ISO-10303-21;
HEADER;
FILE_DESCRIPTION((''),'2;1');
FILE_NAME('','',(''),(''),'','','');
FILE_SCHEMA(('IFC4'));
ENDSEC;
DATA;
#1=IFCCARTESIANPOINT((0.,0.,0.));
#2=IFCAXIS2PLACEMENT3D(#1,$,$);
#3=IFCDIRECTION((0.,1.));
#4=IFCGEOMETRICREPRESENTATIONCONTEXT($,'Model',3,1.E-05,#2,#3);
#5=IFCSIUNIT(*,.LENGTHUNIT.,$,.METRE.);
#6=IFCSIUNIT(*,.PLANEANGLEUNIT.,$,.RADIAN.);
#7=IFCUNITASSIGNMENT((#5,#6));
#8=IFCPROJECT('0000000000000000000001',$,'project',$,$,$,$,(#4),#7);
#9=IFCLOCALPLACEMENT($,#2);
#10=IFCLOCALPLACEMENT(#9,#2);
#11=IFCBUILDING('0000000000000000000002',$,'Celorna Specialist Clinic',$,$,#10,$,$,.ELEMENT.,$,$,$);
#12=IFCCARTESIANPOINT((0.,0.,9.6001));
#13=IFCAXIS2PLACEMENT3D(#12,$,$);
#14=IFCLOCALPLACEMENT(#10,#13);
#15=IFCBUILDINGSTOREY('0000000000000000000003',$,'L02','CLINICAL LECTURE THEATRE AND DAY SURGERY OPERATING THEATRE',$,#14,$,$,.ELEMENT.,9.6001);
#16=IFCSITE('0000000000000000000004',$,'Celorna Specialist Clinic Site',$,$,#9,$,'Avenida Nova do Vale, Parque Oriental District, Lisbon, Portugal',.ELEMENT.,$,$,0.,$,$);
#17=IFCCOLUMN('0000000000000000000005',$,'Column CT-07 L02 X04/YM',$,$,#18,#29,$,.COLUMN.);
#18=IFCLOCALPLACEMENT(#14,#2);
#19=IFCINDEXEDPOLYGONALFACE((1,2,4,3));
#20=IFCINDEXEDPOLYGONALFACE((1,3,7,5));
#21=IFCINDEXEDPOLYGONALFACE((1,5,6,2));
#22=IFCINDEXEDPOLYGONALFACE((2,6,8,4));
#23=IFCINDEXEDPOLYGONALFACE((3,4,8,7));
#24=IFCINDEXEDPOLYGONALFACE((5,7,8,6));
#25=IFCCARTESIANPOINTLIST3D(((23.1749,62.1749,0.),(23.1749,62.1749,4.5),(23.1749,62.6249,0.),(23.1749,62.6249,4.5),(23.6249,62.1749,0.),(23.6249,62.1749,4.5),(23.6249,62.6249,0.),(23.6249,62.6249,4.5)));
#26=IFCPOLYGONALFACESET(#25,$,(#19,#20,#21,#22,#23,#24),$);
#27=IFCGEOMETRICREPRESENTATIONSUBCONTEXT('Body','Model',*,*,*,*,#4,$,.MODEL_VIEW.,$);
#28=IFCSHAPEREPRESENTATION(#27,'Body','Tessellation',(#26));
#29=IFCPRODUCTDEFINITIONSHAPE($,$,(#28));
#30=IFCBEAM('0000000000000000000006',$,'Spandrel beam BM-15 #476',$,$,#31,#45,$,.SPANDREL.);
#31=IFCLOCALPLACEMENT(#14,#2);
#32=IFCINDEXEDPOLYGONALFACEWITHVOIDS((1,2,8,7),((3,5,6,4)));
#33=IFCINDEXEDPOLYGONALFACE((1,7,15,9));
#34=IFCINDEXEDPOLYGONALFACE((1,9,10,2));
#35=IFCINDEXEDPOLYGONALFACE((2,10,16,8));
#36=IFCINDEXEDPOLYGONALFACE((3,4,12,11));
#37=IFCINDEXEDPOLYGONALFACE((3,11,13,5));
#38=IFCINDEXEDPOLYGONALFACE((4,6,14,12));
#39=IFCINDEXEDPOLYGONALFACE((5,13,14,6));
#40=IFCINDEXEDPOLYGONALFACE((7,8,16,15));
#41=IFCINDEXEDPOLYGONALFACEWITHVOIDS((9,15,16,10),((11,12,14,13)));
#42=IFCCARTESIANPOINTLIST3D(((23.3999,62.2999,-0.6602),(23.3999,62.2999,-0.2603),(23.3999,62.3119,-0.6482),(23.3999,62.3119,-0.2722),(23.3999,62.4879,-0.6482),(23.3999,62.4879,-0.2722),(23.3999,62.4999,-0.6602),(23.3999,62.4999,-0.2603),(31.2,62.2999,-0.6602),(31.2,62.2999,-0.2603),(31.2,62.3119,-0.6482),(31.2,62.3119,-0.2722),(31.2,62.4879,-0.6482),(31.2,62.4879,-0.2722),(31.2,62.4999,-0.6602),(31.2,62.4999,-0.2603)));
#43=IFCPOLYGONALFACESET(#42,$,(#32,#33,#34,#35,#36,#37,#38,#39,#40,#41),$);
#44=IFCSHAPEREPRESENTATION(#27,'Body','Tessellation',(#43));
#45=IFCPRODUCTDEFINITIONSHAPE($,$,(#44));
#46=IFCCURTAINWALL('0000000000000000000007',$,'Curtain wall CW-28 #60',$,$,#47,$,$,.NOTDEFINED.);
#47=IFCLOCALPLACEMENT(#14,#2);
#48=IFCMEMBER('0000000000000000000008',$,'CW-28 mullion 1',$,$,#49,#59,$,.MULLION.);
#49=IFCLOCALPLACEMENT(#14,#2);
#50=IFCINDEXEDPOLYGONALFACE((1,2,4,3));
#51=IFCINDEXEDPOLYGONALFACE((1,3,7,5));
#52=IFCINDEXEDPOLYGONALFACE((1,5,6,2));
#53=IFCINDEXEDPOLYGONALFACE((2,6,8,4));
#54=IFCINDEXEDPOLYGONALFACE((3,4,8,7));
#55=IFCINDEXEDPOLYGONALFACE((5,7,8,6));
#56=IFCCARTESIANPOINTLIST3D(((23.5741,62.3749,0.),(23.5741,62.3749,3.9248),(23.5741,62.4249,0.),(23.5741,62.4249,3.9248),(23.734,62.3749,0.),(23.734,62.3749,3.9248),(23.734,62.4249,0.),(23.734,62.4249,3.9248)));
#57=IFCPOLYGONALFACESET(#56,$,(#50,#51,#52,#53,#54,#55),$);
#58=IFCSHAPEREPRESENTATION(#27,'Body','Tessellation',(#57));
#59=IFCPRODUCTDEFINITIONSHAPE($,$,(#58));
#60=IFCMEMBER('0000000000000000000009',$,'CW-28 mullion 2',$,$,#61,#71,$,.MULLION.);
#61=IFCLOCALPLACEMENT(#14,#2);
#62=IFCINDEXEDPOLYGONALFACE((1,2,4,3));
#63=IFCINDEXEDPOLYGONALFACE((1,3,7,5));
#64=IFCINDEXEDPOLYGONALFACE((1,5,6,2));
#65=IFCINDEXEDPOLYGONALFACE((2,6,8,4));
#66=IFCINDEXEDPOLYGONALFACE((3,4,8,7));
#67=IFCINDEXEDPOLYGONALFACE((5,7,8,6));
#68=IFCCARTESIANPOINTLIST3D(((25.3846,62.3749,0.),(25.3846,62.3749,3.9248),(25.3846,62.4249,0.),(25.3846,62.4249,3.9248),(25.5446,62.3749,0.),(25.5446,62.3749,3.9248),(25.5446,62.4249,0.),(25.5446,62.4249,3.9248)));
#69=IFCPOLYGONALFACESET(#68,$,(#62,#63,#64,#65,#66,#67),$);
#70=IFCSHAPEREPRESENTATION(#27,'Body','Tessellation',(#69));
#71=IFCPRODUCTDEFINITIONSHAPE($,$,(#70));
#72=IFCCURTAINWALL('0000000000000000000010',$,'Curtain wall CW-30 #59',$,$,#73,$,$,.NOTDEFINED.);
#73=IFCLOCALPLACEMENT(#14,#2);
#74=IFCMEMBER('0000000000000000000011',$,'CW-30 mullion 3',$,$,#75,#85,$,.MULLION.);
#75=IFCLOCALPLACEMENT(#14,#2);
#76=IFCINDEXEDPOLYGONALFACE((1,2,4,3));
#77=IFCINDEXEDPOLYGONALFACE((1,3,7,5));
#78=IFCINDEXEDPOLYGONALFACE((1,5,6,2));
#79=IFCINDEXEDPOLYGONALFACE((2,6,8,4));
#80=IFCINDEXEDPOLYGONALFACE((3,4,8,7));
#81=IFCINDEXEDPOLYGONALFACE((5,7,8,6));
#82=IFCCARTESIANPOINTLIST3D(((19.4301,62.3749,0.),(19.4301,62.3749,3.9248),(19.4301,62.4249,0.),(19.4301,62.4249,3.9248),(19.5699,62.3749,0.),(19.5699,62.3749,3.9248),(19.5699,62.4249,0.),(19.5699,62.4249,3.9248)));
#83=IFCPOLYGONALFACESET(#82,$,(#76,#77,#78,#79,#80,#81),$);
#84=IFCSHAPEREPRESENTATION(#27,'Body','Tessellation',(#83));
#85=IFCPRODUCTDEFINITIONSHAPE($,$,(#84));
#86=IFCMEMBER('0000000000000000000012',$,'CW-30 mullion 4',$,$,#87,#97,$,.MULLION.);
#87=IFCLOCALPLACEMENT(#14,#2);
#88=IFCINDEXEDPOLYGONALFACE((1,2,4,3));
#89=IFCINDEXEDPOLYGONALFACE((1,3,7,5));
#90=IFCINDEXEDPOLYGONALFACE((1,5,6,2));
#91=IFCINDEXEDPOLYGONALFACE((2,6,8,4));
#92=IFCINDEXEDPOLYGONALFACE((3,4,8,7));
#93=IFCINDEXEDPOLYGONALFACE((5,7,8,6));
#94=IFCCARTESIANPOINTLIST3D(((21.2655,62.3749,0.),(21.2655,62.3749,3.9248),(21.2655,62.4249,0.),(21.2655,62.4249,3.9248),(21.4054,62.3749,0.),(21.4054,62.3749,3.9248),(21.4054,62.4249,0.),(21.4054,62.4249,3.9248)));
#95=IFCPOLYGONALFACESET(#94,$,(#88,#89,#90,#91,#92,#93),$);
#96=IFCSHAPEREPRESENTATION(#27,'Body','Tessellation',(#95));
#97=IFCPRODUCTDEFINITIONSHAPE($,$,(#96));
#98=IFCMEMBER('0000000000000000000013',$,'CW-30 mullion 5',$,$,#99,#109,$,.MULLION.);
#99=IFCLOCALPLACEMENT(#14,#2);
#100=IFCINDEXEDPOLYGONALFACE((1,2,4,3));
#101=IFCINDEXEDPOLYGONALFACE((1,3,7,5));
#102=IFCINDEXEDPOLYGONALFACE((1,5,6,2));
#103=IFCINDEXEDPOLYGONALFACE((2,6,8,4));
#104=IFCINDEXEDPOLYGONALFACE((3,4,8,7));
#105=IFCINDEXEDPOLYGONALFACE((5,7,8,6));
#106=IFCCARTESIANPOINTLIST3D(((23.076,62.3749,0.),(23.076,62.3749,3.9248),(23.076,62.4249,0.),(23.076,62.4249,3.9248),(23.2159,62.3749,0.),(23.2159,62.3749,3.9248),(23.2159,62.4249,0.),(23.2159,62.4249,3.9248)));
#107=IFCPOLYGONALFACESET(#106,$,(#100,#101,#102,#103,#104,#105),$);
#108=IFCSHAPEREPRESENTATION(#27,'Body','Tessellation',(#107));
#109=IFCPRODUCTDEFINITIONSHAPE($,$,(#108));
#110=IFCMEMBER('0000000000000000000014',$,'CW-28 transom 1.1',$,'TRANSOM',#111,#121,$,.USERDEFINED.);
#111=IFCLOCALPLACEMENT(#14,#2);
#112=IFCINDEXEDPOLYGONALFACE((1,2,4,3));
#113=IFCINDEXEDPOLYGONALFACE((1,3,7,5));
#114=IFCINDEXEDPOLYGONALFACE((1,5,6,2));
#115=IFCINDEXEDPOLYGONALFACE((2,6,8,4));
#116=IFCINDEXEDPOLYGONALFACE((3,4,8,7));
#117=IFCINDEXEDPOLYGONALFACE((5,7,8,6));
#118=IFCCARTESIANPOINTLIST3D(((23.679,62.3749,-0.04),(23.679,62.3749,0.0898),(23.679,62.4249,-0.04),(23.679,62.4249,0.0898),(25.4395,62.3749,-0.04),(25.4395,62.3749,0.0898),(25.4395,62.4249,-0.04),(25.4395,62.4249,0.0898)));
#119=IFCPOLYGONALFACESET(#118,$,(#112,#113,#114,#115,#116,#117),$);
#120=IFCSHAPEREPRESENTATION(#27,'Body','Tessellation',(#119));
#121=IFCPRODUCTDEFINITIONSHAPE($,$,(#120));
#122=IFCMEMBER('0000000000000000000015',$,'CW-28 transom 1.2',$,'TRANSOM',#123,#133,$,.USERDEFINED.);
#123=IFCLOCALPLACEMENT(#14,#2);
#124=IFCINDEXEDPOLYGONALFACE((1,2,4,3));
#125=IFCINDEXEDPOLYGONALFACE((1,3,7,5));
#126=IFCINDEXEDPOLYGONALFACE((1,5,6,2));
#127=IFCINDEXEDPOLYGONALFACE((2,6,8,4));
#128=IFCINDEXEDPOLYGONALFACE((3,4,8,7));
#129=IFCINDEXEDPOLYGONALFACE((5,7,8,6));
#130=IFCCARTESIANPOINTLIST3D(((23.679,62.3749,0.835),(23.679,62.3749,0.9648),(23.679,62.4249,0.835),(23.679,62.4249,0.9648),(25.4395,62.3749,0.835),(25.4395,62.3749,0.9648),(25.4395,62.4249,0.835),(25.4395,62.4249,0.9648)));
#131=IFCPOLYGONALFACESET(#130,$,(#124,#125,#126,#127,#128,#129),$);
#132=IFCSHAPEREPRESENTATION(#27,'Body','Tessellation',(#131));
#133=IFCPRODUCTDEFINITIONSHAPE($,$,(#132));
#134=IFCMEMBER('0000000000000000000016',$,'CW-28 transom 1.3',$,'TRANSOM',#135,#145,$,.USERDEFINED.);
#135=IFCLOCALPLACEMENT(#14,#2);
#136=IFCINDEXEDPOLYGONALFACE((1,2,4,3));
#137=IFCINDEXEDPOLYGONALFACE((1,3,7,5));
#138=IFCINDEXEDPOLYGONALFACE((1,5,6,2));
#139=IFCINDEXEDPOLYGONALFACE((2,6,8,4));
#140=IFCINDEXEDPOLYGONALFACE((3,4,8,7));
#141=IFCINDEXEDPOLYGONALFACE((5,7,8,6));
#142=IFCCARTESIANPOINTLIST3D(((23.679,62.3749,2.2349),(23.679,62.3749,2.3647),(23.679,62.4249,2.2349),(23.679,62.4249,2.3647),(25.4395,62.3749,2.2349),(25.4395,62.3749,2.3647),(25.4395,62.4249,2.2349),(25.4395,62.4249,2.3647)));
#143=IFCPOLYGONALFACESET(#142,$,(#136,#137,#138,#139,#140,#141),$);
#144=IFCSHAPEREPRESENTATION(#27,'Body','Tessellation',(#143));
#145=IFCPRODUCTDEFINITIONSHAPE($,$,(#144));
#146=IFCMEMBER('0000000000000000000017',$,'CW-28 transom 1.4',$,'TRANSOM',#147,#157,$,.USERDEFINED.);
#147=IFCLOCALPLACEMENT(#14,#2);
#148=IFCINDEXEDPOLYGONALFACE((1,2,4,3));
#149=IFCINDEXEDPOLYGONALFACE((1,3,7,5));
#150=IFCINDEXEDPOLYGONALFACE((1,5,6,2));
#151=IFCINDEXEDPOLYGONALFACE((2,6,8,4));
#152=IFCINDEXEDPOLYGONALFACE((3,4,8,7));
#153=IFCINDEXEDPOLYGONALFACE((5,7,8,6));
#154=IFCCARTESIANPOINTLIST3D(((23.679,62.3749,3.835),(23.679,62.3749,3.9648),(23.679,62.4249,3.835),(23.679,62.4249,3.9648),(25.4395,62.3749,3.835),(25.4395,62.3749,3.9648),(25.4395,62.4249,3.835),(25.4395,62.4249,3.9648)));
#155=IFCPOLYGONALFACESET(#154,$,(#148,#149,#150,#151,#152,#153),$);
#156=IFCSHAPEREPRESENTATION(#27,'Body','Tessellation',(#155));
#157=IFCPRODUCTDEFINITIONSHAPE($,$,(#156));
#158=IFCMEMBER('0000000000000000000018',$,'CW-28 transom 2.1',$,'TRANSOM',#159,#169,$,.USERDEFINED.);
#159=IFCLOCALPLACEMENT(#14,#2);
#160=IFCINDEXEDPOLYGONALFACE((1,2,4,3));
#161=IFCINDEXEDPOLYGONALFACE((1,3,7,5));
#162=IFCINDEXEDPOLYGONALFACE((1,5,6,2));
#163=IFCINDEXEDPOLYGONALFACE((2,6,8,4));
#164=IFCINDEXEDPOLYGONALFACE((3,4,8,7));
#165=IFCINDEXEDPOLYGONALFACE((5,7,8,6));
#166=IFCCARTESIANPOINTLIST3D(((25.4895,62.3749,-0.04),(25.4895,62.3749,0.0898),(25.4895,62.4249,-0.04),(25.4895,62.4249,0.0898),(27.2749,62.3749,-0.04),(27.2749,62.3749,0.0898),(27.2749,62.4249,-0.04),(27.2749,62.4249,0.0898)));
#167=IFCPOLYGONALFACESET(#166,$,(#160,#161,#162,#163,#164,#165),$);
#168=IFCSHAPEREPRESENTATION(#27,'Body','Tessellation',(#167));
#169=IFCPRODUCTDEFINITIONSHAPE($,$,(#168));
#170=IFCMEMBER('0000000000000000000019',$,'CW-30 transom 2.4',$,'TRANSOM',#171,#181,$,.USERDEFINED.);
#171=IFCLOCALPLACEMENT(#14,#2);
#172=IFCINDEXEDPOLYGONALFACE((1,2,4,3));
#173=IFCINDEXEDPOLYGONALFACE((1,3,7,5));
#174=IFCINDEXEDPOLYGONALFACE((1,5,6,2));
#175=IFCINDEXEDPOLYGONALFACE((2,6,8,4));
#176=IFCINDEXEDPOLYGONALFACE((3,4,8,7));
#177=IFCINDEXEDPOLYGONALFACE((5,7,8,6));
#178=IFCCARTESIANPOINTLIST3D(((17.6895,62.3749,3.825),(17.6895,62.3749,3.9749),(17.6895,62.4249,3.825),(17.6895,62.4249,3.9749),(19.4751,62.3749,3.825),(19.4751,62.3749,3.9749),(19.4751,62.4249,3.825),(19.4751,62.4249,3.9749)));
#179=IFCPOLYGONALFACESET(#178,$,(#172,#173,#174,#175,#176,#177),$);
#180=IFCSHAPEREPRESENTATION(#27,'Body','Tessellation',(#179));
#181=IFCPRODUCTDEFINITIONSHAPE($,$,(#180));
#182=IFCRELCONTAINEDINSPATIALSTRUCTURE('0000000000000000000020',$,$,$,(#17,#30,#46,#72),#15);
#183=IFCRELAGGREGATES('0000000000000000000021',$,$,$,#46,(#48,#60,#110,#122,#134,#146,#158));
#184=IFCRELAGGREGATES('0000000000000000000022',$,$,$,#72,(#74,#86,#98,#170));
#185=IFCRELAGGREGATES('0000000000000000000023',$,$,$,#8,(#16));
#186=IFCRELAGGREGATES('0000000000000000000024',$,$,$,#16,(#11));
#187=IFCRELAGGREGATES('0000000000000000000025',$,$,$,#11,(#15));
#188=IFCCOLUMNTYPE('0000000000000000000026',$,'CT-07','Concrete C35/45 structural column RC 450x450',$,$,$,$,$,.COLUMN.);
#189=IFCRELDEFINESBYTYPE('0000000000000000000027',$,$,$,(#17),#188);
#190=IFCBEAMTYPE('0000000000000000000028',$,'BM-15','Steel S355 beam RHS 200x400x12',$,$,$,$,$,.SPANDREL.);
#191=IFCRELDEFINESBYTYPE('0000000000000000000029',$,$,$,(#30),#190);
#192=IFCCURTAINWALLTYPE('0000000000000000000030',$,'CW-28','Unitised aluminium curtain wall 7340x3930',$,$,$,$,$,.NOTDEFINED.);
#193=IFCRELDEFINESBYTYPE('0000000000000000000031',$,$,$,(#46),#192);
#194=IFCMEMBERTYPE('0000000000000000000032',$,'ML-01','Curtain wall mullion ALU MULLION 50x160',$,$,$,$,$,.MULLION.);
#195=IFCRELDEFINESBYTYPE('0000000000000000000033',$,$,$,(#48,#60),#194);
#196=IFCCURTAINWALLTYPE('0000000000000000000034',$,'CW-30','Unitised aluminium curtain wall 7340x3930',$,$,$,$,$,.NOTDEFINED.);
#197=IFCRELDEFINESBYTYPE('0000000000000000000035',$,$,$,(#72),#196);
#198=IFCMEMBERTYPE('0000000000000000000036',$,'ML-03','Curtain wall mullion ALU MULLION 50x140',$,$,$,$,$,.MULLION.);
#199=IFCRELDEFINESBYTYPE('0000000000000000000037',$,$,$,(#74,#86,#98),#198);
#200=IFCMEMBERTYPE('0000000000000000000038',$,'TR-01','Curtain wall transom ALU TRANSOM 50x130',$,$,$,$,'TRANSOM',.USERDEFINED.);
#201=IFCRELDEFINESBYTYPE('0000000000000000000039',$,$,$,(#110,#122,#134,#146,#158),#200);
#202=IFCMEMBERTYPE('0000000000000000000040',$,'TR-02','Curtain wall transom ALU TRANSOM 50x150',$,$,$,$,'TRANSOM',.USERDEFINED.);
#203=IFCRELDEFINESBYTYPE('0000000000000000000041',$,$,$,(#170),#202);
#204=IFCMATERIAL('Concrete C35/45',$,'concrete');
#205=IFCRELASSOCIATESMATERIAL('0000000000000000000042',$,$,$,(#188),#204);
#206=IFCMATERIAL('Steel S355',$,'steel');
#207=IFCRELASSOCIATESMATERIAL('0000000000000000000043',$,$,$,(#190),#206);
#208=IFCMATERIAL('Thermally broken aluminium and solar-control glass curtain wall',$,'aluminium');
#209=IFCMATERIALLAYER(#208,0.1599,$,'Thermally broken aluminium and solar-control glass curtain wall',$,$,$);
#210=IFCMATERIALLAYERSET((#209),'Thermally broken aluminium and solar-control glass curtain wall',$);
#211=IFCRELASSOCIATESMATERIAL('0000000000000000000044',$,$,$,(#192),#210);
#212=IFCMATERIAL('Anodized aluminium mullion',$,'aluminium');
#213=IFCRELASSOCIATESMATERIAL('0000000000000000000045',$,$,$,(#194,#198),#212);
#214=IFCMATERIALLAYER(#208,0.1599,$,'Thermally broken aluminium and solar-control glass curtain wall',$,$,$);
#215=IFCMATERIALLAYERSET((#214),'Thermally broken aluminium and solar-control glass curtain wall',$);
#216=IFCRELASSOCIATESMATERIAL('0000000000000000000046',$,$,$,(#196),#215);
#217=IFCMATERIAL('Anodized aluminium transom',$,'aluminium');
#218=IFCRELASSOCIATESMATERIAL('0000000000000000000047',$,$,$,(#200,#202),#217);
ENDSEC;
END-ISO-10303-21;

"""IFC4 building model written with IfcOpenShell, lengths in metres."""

from ifc_helpers import new_model, si_unit, direction, frame, origin, origin_2d, place, context, subcontext, project, spatial, rectangle, hollow_rectangle, extrude, material, layer, layer_set, material_profile, profile_set, type_object, element, aggregate, save


model = new_model("IFC4")

# Units and contexts
model_context = context("Model", 3, precision=1e-05, world=origin(), true_north=direction((0.0, 1.0)))
body_context = subcontext(model_context, "Body", "Model", "MODEL_VIEW")
ifc_project = project(units=[si_unit("LENGTHUNIT", "METRE"), si_unit("PLANEANGLEUNIT", "RADIAN")], contexts=[model_context])

# Site, building, storey
site_placement = place(None, origin())
site = spatial("IfcSite", under=ifc_project, at=site_placement, Name="Celorna Specialist Clinic Site", LongName="Avenida Nova do Vale, Parque Oriental District, Lisbon, Portugal", CompositionType="ELEMENT", RefElevation=0.0)
building_placement = place(site_placement, origin())
building = spatial("IfcBuilding", under=site, at=building_placement, Name="Celorna Specialist Clinic", CompositionType="ELEMENT")
storey_placement = place(building_placement, frame((0.0, 0.0, 9.6001)))
storey = spatial("IfcBuildingStorey", under=building, at=storey_placement, Name="L02", Description="CLINICAL LECTURE THEATRE AND DAY SURGERY OPERATING THEATRE", CompositionType="ELEMENT", Elevation=9.6001)

# Column
ifc_material_1 = material(Name="Concrete C35/45", Category="concrete")
ifc_material_profile_1 = material_profile(ifc_material_1, rectangle(XDim=0.45, YDim=0.45, at=origin_2d()), Name="RC 450x450")
ifc_profile_set_1 = profile_set([ifc_material_profile_1], Name="Concrete C35/45")
column_type = type_object("IfcColumnType", Name="CT-07", Description="Concrete C35/45 structural column RC 450x450", PredefinedType="COLUMN", material=ifc_profile_set_1)
column_placement = place(storey_placement, frame((23.3999, 62.3999, 0.0), z_axis=(0.0, 0.0, 1.0), x_axis=(1.0, 0.0, 0.0)))
element("IfcColumn", 1, at=column_placement, inside=storey, type_object=column_type, Name="Column CT-07 L02 X04/YM", PredefinedType="COLUMN", context=body_context, shape_type="SweptSolid", body=[
    extrude(rectangle(XDim=0.45, YDim=0.45, at=origin_2d()), origin(), (0.0, 0.0, 1.0), 4.5),
])

# Beam
ifc_material_2 = material(Name="Steel S355", Category="steel")
ifc_material_profile_2 = material_profile(ifc_material_2, hollow_rectangle(XDim=0.2, YDim=0.3999, WallThickness=0.012, at=origin_2d()), Name="RHS 200x400x12")
ifc_profile_set_2 = profile_set([ifc_material_profile_2], Name="Steel S355")
beam_type = type_object("IfcBeamType", Name="BM-15", Description="Steel S355 beam RHS 200x400x12", PredefinedType="SPANDREL", material=ifc_profile_set_2)
beam_placement = place(storey_placement, frame((23.3999, 62.3999, -0.4602), z_axis=(1.0, 0.0, 0.0), x_axis=(0.0, 1.0, 0.0)))
element("IfcBeam", 2, at=beam_placement, inside=storey, type_object=beam_type, Name="Spandrel beam BM-15 #476", PredefinedType="SPANDREL", context=body_context, shape_type="SweptSolid", body=[
    extrude(hollow_rectangle(XDim=0.2, YDim=0.3999, WallThickness=0.012, at=origin_2d()), origin(), (0.0, 0.0, 1.0), 7.8),
])

# Curtain walls, members
ifc_material_3 = material(Name="Thermally broken aluminium and solar-control glass curtain wall", Category="aluminium")
ifc_layer_1 = layer(ifc_material_3, 0.1599, Name="Thermally broken aluminium and solar-control glass curtain wall")
ifc_layer_set_1 = layer_set([ifc_layer_1], Name="Thermally broken aluminium and solar-control glass curtain wall")
curtain_wall_type_1 = type_object("IfcCurtainWallType", Name="CW-28", Description="Unitised aluminium curtain wall 7340x3930", PredefinedType="NOTDEFINED", material=ifc_layer_set_1)
curtain_wall_1_placement = place(storey_placement, origin())
curtain_wall_1 = element("IfcCurtainWall", 3, at=curtain_wall_1_placement, inside=storey, type_object=curtain_wall_type_1, Name="Curtain wall CW-28 #60", PredefinedType="NOTDEFINED")
ifc_material_4 = material(Name="Anodized aluminium mullion", Category="aluminium")
ifc_material_profile_3 = material_profile(ifc_material_4, rectangle(XDim=0.05, YDim=0.1599, at=origin_2d()), Name="ALU MULLION 50x160")
ifc_profile_set_3 = profile_set([ifc_material_profile_3], Name="Anodized aluminium mullion")
member_type_1 = type_object("IfcMemberType", Name="ML-01", Description="Curtain wall mullion ALU MULLION 50x160", PredefinedType="MULLION", material=ifc_profile_set_3)
member_1_placement = place(storey_placement, frame((23.6541, 62.3999, 0.0), z_axis=(0.0, 0.0, 1.0), x_axis=(0.0, 1.0, 0.0)))
member_1 = element("IfcMember", 4, at=member_1_placement, type_object=member_type_1, Name="CW-28 mullion 1", PredefinedType="MULLION", context=body_context, shape_type="SweptSolid", body=[
    extrude(rectangle(XDim=0.05, YDim=0.1599, at=origin_2d()), origin(), (0.0, 0.0, 1.0), 3.9248),
])
member_2_placement = place(storey_placement, frame((25.4646, 62.3999, 0.0), z_axis=(0.0, 0.0, 1.0), x_axis=(0.0, 1.0, 0.0)))
member_2 = element("IfcMember", 5, at=member_2_placement, type_object=member_type_1, Name="CW-28 mullion 2", PredefinedType="MULLION", context=body_context, shape_type="SweptSolid", body=[
    extrude(rectangle(XDim=0.05, YDim=0.1599, at=origin_2d()), origin(), (0.0, 0.0, 1.0), 3.9248),
])
ifc_layer_2 = layer(ifc_material_3, 0.1599, Name="Thermally broken aluminium and solar-control glass curtain wall")
ifc_layer_set_2 = layer_set([ifc_layer_2], Name="Thermally broken aluminium and solar-control glass curtain wall")
curtain_wall_type_2 = type_object("IfcCurtainWallType", Name="CW-30", Description="Unitised aluminium curtain wall 7340x3930", PredefinedType="NOTDEFINED", material=ifc_layer_set_2)
curtain_wall_2_placement = place(storey_placement, origin())
curtain_wall_2 = element("IfcCurtainWall", 6, at=curtain_wall_2_placement, inside=storey, type_object=curtain_wall_type_2, Name="Curtain wall CW-30 #59", PredefinedType="NOTDEFINED")
ifc_material_profile_4 = material_profile(ifc_material_4, rectangle(XDim=0.05, YDim=0.1399, at=origin_2d()), Name="ALU MULLION 50x140")
ifc_profile_set_4 = profile_set([ifc_material_profile_4], Name="Anodized aluminium mullion")
member_type_2 = type_object("IfcMemberType", Name="ML-03", Description="Curtain wall mullion ALU MULLION 50x140", PredefinedType="MULLION", material=ifc_profile_set_4)
member_3_placement = place(storey_placement, frame((19.5, 62.3999, 0.0), z_axis=(0.0, 0.0, 1.0), x_axis=(0.0, 1.0, 0.0)))
member_3 = element("IfcMember", 7, at=member_3_placement, type_object=member_type_2, Name="CW-30 mullion 3", PredefinedType="MULLION", context=body_context, shape_type="SweptSolid", body=[
    extrude(rectangle(XDim=0.05, YDim=0.1399, at=origin_2d()), origin(), (0.0, 0.0, 1.0), 3.9248),
])
member_4_placement = place(storey_placement, frame((21.3354, 62.3999, 0.0), z_axis=(0.0, 0.0, 1.0), x_axis=(0.0, 1.0, 0.0)))
member_4 = element("IfcMember", 8, at=member_4_placement, type_object=member_type_2, Name="CW-30 mullion 4", PredefinedType="MULLION", context=body_context, shape_type="SweptSolid", body=[
    extrude(rectangle(XDim=0.05, YDim=0.1399, at=origin_2d()), origin(), (0.0, 0.0, 1.0), 3.9248),
])
member_5_placement = place(storey_placement, frame((23.146, 62.3999, 0.0), z_axis=(0.0, 0.0, 1.0), x_axis=(0.0, 1.0, 0.0)))
member_5 = element("IfcMember", 9, at=member_5_placement, type_object=member_type_2, Name="CW-30 mullion 5", PredefinedType="MULLION", context=body_context, shape_type="SweptSolid", body=[
    extrude(rectangle(XDim=0.05, YDim=0.1399, at=origin_2d()), origin(), (0.0, 0.0, 1.0), 3.9248),
])

# Members
ifc_material_5 = material(Name="Anodized aluminium transom", Category="aluminium")
ifc_material_profile_5 = material_profile(ifc_material_5, rectangle(XDim=0.05, YDim=0.1299, at=origin_2d()), Name="ALU TRANSOM 50x130")
ifc_profile_set_5 = profile_set([ifc_material_profile_5], Name="Anodized aluminium transom")
member_type_3 = type_object("IfcMemberType", Name="TR-01", Description="Curtain wall transom ALU TRANSOM 50x130", ElementType="TRANSOM", PredefinedType="USERDEFINED", material=ifc_profile_set_5)
member_6_placement = place(storey_placement, frame((23.679, 62.3999, 0.0249), z_axis=(1.0, 0.0, 0.0), x_axis=(0.0, 1.0, 0.0)))
member_6 = element("IfcMember", 10, at=member_6_placement, type_object=member_type_3, Name="CW-28 transom 1.1", ObjectType="TRANSOM", PredefinedType="USERDEFINED", context=body_context, shape_type="SweptSolid", body=[
    extrude(rectangle(XDim=0.05, YDim=0.1299, at=origin_2d()), origin(), (0.0, 0.0, 1.0), 1.7605),
])
member_7_placement = place(storey_placement, frame((23.679, 62.3999, 0.8999), z_axis=(1.0, 0.0, 0.0), x_axis=(0.0, 1.0, 0.0)))
member_7 = element("IfcMember", 11, at=member_7_placement, type_object=member_type_3, Name="CW-28 transom 1.2", ObjectType="TRANSOM", PredefinedType="USERDEFINED", context=body_context, shape_type="SweptSolid", body=[
    extrude(rectangle(XDim=0.05, YDim=0.1299, at=origin_2d()), origin(), (0.0, 0.0, 1.0), 1.7605),
])
member_8_placement = place(storey_placement, frame((23.679, 62.3999, 2.2998), z_axis=(1.0, 0.0, 0.0), x_axis=(0.0, 1.0, 0.0)))
member_8 = element("IfcMember", 12, at=member_8_placement, type_object=member_type_3, Name="CW-28 transom 1.3", ObjectType="TRANSOM", PredefinedType="USERDEFINED", context=body_context, shape_type="SweptSolid", body=[
    extrude(rectangle(XDim=0.05, YDim=0.1299, at=origin_2d()), origin(), (0.0, 0.0, 1.0), 1.7605),
])
member_9_placement = place(storey_placement, frame((23.679, 62.3999, 3.8999), z_axis=(1.0, 0.0, 0.0), x_axis=(0.0, 1.0, 0.0)))
member_9 = element("IfcMember", 13, at=member_9_placement, type_object=member_type_3, Name="CW-28 transom 1.4", ObjectType="TRANSOM", PredefinedType="USERDEFINED", context=body_context, shape_type="SweptSolid", body=[
    extrude(rectangle(XDim=0.05, YDim=0.1299, at=origin_2d()), origin(), (0.0, 0.0, 1.0), 1.7605),
])
member_10_placement = place(storey_placement, frame((25.4895, 62.3999, 0.0249), z_axis=(1.0, 0.0, 0.0), x_axis=(0.0, 1.0, 0.0)))
member_10 = element("IfcMember", 14, at=member_10_placement, type_object=member_type_3, Name="CW-28 transom 2.1", ObjectType="TRANSOM", PredefinedType="USERDEFINED", context=body_context, shape_type="SweptSolid", body=[
    extrude(rectangle(XDim=0.05, YDim=0.1299, at=origin_2d()), origin(), (0.0, 0.0, 1.0), 1.7854),
])
ifc_material_profile_6 = material_profile(ifc_material_5, rectangle(XDim=0.05, YDim=0.1499, at=origin_2d()), Name="ALU TRANSOM 50x150")
ifc_profile_set_6 = profile_set([ifc_material_profile_6], Name="Anodized aluminium transom")
member_type_4 = type_object("IfcMemberType", Name="TR-02", Description="Curtain wall transom ALU TRANSOM 50x150", ElementType="TRANSOM", PredefinedType="USERDEFINED", material=ifc_profile_set_6)
member_11_placement = place(storey_placement, frame((17.6895, 62.3999, 3.8999), z_axis=(1.0, 0.0, 0.0), x_axis=(0.0, 1.0, 0.0)))
member_11 = element("IfcMember", 15, at=member_11_placement, type_object=member_type_4, Name="CW-30 transom 2.4", ObjectType="TRANSOM", PredefinedType="USERDEFINED", context=body_context, shape_type="SweptSolid", body=[
    extrude(rectangle(XDim=0.05, YDim=0.1499, at=origin_2d()), origin(), (0.0, 0.0, 1.0), 1.7856),
])

aggregate(curtain_wall_1, [member_1, member_2, member_6, member_7, member_8, member_9, member_10])
aggregate(curtain_wall_2, [member_3, member_4, member_5, member_11])

save(model, "model.ifc")
